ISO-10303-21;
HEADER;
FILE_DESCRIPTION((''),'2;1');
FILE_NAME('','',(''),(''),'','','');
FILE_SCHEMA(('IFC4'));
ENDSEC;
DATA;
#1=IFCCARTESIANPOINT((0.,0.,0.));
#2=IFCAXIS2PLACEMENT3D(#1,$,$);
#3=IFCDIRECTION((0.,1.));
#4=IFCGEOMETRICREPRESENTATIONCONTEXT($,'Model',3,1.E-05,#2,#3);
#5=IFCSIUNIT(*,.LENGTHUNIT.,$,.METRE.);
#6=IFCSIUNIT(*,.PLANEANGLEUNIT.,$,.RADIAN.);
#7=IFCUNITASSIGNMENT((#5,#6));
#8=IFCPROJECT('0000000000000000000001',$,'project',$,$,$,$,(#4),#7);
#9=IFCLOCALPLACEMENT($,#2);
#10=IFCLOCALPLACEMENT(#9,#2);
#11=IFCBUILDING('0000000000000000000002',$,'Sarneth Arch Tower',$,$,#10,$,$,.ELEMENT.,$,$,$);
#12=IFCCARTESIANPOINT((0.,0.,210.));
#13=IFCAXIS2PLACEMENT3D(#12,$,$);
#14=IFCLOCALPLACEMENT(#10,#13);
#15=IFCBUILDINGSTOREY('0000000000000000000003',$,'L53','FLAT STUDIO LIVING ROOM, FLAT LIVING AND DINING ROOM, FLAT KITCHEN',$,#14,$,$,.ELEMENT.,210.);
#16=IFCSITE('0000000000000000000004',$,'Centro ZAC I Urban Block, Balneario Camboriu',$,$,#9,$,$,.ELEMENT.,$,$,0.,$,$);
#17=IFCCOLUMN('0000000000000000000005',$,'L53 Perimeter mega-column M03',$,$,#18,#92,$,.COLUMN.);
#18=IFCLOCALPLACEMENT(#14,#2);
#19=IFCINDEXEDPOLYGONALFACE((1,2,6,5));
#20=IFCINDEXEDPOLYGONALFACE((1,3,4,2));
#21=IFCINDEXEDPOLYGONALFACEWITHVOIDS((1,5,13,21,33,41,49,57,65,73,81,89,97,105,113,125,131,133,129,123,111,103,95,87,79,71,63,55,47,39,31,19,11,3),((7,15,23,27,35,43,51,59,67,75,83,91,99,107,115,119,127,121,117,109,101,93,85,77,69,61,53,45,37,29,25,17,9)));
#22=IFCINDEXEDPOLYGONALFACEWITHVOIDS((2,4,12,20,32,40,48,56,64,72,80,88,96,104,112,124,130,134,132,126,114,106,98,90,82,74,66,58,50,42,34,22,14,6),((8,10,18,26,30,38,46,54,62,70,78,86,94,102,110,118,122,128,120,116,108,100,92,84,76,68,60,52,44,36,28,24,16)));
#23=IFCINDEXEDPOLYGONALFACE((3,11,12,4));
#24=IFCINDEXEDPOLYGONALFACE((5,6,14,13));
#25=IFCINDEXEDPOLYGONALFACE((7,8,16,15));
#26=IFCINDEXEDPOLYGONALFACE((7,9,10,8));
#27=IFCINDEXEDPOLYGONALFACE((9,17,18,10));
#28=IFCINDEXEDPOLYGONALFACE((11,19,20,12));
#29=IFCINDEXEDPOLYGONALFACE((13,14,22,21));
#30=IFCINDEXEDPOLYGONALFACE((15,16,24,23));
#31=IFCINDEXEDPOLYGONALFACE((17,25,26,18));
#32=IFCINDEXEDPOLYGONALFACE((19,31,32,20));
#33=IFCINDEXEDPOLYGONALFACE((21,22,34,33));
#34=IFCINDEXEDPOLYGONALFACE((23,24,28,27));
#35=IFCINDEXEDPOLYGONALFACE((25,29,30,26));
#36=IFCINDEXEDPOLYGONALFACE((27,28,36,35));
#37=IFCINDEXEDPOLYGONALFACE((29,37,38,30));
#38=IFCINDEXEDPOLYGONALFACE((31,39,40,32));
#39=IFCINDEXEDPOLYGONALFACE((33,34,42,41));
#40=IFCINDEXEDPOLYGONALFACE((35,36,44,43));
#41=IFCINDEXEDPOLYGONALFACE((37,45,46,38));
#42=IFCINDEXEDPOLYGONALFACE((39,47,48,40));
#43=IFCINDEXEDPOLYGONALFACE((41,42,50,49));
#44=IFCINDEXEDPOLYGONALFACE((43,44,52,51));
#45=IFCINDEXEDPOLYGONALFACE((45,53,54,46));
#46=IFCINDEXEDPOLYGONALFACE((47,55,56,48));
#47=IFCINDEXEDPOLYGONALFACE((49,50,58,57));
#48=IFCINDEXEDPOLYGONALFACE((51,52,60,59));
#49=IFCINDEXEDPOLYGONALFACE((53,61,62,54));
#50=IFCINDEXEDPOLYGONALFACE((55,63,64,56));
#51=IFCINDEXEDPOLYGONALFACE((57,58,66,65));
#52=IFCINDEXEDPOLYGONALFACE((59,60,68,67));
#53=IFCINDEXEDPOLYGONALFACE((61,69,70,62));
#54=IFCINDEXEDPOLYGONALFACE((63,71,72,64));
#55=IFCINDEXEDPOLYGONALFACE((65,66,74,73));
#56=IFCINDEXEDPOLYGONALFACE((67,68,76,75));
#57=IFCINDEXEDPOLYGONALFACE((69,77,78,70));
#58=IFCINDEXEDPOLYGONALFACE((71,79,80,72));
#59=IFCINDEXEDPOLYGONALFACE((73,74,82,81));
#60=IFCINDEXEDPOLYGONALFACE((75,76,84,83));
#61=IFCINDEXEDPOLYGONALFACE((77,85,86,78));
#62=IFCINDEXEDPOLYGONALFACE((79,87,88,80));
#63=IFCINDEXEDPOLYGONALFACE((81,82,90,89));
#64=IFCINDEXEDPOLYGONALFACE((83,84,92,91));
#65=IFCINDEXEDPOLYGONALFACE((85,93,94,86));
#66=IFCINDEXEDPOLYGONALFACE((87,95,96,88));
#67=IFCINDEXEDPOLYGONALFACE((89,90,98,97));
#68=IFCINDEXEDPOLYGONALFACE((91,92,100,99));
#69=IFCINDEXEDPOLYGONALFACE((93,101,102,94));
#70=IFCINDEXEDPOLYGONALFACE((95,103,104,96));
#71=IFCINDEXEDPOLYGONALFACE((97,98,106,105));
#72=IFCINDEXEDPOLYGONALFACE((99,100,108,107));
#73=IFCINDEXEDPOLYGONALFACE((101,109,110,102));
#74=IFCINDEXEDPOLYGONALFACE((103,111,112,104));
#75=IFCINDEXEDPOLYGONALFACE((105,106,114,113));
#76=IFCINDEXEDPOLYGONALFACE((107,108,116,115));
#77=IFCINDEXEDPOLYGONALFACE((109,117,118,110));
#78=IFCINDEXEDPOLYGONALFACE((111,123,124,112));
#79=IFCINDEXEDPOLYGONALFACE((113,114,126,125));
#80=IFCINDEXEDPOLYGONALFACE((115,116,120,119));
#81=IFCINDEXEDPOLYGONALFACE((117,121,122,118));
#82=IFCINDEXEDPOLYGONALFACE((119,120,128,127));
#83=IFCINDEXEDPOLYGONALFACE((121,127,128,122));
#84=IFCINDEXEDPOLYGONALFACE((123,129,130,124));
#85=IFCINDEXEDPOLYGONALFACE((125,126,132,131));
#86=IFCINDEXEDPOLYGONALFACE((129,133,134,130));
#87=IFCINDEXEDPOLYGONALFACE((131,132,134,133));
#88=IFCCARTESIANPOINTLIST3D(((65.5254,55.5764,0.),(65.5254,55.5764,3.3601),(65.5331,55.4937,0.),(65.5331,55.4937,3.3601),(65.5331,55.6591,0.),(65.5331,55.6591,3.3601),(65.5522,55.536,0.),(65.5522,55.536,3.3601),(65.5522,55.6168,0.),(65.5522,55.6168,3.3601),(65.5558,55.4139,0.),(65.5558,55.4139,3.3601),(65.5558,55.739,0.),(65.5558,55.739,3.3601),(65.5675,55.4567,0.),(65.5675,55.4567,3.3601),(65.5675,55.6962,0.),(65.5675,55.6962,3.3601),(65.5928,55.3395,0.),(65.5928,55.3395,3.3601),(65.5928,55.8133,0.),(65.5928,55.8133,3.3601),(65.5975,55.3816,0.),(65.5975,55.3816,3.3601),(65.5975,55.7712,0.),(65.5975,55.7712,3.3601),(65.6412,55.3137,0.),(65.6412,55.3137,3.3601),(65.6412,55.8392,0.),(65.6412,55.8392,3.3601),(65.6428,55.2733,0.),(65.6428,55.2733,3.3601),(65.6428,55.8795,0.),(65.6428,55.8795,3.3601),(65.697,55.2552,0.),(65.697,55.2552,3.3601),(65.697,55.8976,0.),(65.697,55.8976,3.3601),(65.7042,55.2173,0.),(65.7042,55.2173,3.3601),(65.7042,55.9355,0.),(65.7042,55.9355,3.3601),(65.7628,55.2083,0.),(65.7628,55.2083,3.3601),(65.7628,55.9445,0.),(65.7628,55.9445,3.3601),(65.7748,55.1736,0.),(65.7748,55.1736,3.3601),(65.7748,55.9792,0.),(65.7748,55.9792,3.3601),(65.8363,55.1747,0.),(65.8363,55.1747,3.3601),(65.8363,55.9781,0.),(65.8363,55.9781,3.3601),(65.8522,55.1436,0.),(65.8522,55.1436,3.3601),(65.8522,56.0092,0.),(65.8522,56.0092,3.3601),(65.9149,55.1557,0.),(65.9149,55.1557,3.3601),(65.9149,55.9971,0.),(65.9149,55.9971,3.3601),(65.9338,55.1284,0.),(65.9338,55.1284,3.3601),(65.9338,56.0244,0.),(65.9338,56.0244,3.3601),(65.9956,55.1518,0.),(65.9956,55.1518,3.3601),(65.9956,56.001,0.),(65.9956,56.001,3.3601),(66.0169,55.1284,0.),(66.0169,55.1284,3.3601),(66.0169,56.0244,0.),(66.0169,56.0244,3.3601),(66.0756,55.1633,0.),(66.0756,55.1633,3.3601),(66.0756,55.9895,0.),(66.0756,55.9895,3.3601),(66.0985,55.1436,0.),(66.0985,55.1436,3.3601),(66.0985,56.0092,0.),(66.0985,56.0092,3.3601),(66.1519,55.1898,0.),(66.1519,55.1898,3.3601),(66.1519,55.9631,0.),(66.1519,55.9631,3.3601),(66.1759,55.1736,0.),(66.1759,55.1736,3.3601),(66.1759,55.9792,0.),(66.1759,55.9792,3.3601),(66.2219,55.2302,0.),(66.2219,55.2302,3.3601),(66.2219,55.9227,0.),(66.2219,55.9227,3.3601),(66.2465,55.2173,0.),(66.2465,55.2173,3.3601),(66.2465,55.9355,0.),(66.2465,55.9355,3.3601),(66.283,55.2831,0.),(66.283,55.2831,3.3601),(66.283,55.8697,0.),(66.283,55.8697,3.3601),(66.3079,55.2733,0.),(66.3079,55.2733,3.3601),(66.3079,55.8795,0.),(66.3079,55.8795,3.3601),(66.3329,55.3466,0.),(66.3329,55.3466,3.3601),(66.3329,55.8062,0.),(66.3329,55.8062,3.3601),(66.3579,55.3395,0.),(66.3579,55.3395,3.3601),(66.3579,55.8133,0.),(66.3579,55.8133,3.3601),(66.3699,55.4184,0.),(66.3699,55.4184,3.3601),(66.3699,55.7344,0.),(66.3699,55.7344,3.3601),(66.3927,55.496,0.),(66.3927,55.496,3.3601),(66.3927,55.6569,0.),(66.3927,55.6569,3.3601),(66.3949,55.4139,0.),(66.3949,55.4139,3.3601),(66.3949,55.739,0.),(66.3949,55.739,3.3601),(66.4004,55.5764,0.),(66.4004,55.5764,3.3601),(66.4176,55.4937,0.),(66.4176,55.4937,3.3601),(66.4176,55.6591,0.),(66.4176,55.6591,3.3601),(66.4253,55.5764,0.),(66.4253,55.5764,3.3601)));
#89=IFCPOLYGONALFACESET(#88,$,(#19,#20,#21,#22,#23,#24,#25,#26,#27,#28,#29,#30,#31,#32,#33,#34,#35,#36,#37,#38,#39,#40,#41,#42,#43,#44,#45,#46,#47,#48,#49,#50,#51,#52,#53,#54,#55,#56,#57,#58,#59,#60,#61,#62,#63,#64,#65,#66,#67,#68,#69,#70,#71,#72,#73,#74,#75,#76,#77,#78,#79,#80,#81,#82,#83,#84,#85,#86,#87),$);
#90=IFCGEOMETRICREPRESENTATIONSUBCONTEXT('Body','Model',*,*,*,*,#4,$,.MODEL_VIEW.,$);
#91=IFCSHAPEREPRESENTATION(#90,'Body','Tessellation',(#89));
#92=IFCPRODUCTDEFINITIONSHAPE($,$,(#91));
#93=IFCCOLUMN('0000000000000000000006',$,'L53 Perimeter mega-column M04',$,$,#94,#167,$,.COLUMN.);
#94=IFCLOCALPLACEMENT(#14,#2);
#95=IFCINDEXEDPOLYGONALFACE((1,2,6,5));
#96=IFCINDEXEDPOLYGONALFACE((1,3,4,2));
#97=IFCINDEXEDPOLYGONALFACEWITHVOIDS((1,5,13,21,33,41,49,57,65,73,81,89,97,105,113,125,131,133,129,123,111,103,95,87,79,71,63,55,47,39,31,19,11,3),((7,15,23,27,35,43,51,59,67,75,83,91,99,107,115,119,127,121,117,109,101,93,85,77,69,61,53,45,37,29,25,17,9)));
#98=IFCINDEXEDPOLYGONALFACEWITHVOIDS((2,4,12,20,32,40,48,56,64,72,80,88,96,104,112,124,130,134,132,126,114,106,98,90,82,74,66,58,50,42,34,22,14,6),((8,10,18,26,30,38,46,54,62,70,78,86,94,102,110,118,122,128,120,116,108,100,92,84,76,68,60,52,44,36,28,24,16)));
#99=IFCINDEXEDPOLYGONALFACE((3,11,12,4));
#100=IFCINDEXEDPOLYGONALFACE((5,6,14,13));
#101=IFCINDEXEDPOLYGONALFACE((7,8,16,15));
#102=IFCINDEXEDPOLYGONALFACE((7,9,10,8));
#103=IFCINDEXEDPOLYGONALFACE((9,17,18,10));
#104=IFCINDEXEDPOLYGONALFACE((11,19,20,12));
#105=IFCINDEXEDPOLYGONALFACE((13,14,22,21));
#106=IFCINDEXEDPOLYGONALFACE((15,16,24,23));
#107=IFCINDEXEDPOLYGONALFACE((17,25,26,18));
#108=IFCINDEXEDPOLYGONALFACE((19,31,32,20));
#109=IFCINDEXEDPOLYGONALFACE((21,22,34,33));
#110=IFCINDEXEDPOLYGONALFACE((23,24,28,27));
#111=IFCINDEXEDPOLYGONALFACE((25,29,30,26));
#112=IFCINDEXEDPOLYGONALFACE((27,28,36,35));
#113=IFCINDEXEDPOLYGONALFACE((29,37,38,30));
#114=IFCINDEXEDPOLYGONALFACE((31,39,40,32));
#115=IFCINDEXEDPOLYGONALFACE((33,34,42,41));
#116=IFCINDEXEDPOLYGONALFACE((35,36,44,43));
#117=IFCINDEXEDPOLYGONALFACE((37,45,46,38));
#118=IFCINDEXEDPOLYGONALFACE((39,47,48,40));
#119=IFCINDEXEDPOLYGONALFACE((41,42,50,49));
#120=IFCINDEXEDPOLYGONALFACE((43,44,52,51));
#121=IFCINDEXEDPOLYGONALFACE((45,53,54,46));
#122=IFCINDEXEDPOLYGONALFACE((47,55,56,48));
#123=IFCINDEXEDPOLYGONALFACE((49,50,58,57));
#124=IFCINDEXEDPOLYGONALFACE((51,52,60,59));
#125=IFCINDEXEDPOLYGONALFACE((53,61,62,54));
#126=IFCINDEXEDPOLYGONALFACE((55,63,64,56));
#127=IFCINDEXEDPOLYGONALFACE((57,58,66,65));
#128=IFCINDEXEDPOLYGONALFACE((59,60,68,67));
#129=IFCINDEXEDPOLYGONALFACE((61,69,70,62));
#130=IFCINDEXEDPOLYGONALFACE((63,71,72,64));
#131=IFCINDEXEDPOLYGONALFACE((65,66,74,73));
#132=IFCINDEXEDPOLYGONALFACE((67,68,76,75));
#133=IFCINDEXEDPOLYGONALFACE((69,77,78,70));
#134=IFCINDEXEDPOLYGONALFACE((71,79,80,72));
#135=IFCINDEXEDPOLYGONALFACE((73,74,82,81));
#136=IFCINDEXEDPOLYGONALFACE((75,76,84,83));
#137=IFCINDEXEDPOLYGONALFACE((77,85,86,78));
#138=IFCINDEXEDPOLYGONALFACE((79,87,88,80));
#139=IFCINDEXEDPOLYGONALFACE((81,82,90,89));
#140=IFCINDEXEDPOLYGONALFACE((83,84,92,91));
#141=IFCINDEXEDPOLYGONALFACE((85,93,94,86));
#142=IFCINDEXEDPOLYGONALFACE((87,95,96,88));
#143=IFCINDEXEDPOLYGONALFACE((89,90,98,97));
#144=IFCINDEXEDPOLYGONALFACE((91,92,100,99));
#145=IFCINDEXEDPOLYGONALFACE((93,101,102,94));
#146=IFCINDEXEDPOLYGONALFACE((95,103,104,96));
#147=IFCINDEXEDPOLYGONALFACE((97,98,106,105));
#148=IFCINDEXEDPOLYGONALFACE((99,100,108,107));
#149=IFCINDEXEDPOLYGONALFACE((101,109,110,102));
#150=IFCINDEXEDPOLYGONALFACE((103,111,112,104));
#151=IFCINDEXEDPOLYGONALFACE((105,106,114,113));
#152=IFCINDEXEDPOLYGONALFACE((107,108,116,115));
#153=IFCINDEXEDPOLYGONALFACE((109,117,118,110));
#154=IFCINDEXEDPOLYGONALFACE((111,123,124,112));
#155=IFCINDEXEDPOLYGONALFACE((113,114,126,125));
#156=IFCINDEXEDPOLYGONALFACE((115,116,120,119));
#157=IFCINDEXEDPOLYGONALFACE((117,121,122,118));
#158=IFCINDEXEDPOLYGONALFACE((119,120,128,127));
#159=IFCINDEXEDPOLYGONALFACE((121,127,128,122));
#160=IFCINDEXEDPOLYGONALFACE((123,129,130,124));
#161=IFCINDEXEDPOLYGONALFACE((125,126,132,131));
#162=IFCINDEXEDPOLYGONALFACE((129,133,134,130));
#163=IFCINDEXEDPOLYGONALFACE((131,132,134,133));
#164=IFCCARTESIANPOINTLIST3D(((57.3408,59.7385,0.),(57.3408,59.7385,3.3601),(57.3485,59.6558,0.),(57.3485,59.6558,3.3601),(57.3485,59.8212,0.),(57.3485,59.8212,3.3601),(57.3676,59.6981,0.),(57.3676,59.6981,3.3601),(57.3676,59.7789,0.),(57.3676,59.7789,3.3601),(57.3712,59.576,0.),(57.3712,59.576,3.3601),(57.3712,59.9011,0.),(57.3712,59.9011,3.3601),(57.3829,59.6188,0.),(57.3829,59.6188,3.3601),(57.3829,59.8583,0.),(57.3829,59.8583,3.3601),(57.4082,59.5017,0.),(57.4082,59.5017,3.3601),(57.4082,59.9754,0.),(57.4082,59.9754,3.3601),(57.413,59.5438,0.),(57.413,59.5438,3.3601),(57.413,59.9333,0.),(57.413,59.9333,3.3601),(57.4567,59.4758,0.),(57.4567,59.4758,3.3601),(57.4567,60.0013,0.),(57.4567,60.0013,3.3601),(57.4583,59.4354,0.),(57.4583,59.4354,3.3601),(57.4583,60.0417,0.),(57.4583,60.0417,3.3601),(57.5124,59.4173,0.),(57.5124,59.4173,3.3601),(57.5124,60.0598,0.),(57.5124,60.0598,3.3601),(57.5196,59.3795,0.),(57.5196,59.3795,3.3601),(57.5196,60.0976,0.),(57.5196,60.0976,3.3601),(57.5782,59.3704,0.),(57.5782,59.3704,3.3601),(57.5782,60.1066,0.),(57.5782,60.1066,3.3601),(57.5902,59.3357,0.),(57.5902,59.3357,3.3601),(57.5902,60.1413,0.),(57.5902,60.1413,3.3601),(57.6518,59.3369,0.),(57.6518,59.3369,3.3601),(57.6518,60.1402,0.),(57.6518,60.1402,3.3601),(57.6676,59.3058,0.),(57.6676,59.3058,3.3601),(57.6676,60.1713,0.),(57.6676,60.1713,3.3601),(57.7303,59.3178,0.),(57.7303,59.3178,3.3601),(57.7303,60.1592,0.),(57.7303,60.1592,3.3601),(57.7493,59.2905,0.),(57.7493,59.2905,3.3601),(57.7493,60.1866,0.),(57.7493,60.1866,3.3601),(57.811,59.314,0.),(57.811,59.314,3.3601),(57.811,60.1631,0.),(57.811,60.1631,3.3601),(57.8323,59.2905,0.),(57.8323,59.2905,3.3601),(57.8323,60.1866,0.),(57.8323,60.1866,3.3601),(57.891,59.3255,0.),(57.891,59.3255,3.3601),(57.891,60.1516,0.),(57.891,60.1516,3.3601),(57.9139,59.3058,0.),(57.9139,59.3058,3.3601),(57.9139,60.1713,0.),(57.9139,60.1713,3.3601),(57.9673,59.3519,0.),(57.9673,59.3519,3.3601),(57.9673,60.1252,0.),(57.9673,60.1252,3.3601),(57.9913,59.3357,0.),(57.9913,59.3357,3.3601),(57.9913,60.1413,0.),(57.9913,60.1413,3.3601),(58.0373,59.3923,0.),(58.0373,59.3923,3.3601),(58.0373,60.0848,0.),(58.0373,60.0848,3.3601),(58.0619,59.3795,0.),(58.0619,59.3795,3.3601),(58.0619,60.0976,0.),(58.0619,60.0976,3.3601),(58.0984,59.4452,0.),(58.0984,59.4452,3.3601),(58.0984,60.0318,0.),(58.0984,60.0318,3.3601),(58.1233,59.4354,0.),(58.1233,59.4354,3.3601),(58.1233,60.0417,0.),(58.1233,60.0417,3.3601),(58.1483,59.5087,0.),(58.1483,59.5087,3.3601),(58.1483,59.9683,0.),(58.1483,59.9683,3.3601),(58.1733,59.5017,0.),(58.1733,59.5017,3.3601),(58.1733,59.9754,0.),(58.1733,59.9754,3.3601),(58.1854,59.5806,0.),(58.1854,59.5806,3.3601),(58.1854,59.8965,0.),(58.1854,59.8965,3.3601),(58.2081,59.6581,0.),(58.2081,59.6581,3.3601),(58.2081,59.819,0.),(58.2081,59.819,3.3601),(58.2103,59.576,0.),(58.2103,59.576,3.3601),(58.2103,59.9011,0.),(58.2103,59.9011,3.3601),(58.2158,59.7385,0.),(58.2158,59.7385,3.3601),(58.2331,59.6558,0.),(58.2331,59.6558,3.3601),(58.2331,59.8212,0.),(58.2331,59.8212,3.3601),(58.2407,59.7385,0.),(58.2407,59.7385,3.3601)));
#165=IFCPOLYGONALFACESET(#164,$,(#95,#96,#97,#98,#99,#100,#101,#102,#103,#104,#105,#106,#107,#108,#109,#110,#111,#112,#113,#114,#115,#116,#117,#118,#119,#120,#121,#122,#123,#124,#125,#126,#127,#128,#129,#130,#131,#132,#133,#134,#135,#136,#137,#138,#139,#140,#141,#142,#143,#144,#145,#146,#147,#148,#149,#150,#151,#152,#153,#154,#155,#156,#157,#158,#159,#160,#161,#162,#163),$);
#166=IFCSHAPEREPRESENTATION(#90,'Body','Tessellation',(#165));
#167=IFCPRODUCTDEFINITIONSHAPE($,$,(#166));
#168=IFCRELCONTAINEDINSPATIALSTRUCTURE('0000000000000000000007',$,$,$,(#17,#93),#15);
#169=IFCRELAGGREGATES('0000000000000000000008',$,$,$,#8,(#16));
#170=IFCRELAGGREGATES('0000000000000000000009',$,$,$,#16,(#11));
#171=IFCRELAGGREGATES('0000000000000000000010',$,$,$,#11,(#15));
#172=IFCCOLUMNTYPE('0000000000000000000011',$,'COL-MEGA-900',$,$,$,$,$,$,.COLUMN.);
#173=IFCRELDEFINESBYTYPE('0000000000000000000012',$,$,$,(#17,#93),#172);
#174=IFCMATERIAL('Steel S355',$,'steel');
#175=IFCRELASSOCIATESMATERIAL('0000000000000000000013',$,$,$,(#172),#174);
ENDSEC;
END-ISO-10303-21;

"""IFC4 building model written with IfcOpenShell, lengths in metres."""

from ifc_helpers import new_model, si_unit, direction, frame, origin, origin_2d, place, context, subcontext, project, spatial, hollow_circle, extrude, material, material_profile, profile_set, type_object, element, save


model = new_model("IFC4")

# Units and contexts
model_context = context("Model", 3, precision=1e-05, world=origin(), true_north=direction((0.0, 1.0)))
body_context = subcontext(model_context, "Body", "Model", "MODEL_VIEW")
ifc_project = project(units=[si_unit("LENGTHUNIT", "METRE"), si_unit("PLANEANGLEUNIT", "RADIAN")], contexts=[model_context])

# Site, building, storey
site_placement = place(None, origin())
site = spatial("IfcSite", under=ifc_project, at=site_placement, Name="Centro ZAC I Urban Block, Balneario Camboriu", CompositionType="ELEMENT", RefElevation=0.0)
building_placement = place(site_placement, origin())
building = spatial("IfcBuilding", under=site, at=building_placement, Name="Sarneth Arch Tower", CompositionType="ELEMENT")
storey_placement = place(building_placement, frame((0.0, 0.0, 210.0)))
storey = spatial("IfcBuildingStorey", under=building, at=storey_placement, Name="L53", Description="FLAT STUDIO LIVING ROOM, FLAT LIVING AND DINING ROOM, FLAT KITCHEN", CompositionType="ELEMENT", Elevation=210.0)

# Columns
ifc_material_1 = material(Name="Steel S355", Category="steel")
ifc_material_profile_1 = material_profile(ifc_material_1, hollow_circle(Radius=0.45, WallThickness=0.0249, at=origin_2d()), Name="CHS900x25")
ifc_profile_set_1 = profile_set([ifc_material_profile_1], Name="Steel S355")
column_type = type_object("IfcColumnType", Name="COL-MEGA-900", PredefinedType="COLUMN", material=ifc_profile_set_1)
for number, where, z_axis, x_axis, name in (
    (1, (65.9753, 55.5764, 0.0), (0.0, 0.0, 1.0), (1.0, 0.0, 0.0), "L53 Perimeter mega-column M03"),
    (2, (57.7908, 59.7385, 0.0), (0.0, 0.0, 1.0), (1.0, 0.0, 0.0), "L53 Perimeter mega-column M04"),
):
    element("IfcColumn", number, at=place(storey_placement, frame(where, z_axis=z_axis, x_axis=x_axis)), inside=storey, type_object=column_type, Name=name, PredefinedType="COLUMN", context=body_context, shape_type="SweptSolid", body=[
        extrude(hollow_circle(Radius=0.45, WallThickness=0.0249, at=origin_2d()), origin(), (0.0, 0.0, 1.0), 3.3601),
    ])

save(model, "model.ifc")
